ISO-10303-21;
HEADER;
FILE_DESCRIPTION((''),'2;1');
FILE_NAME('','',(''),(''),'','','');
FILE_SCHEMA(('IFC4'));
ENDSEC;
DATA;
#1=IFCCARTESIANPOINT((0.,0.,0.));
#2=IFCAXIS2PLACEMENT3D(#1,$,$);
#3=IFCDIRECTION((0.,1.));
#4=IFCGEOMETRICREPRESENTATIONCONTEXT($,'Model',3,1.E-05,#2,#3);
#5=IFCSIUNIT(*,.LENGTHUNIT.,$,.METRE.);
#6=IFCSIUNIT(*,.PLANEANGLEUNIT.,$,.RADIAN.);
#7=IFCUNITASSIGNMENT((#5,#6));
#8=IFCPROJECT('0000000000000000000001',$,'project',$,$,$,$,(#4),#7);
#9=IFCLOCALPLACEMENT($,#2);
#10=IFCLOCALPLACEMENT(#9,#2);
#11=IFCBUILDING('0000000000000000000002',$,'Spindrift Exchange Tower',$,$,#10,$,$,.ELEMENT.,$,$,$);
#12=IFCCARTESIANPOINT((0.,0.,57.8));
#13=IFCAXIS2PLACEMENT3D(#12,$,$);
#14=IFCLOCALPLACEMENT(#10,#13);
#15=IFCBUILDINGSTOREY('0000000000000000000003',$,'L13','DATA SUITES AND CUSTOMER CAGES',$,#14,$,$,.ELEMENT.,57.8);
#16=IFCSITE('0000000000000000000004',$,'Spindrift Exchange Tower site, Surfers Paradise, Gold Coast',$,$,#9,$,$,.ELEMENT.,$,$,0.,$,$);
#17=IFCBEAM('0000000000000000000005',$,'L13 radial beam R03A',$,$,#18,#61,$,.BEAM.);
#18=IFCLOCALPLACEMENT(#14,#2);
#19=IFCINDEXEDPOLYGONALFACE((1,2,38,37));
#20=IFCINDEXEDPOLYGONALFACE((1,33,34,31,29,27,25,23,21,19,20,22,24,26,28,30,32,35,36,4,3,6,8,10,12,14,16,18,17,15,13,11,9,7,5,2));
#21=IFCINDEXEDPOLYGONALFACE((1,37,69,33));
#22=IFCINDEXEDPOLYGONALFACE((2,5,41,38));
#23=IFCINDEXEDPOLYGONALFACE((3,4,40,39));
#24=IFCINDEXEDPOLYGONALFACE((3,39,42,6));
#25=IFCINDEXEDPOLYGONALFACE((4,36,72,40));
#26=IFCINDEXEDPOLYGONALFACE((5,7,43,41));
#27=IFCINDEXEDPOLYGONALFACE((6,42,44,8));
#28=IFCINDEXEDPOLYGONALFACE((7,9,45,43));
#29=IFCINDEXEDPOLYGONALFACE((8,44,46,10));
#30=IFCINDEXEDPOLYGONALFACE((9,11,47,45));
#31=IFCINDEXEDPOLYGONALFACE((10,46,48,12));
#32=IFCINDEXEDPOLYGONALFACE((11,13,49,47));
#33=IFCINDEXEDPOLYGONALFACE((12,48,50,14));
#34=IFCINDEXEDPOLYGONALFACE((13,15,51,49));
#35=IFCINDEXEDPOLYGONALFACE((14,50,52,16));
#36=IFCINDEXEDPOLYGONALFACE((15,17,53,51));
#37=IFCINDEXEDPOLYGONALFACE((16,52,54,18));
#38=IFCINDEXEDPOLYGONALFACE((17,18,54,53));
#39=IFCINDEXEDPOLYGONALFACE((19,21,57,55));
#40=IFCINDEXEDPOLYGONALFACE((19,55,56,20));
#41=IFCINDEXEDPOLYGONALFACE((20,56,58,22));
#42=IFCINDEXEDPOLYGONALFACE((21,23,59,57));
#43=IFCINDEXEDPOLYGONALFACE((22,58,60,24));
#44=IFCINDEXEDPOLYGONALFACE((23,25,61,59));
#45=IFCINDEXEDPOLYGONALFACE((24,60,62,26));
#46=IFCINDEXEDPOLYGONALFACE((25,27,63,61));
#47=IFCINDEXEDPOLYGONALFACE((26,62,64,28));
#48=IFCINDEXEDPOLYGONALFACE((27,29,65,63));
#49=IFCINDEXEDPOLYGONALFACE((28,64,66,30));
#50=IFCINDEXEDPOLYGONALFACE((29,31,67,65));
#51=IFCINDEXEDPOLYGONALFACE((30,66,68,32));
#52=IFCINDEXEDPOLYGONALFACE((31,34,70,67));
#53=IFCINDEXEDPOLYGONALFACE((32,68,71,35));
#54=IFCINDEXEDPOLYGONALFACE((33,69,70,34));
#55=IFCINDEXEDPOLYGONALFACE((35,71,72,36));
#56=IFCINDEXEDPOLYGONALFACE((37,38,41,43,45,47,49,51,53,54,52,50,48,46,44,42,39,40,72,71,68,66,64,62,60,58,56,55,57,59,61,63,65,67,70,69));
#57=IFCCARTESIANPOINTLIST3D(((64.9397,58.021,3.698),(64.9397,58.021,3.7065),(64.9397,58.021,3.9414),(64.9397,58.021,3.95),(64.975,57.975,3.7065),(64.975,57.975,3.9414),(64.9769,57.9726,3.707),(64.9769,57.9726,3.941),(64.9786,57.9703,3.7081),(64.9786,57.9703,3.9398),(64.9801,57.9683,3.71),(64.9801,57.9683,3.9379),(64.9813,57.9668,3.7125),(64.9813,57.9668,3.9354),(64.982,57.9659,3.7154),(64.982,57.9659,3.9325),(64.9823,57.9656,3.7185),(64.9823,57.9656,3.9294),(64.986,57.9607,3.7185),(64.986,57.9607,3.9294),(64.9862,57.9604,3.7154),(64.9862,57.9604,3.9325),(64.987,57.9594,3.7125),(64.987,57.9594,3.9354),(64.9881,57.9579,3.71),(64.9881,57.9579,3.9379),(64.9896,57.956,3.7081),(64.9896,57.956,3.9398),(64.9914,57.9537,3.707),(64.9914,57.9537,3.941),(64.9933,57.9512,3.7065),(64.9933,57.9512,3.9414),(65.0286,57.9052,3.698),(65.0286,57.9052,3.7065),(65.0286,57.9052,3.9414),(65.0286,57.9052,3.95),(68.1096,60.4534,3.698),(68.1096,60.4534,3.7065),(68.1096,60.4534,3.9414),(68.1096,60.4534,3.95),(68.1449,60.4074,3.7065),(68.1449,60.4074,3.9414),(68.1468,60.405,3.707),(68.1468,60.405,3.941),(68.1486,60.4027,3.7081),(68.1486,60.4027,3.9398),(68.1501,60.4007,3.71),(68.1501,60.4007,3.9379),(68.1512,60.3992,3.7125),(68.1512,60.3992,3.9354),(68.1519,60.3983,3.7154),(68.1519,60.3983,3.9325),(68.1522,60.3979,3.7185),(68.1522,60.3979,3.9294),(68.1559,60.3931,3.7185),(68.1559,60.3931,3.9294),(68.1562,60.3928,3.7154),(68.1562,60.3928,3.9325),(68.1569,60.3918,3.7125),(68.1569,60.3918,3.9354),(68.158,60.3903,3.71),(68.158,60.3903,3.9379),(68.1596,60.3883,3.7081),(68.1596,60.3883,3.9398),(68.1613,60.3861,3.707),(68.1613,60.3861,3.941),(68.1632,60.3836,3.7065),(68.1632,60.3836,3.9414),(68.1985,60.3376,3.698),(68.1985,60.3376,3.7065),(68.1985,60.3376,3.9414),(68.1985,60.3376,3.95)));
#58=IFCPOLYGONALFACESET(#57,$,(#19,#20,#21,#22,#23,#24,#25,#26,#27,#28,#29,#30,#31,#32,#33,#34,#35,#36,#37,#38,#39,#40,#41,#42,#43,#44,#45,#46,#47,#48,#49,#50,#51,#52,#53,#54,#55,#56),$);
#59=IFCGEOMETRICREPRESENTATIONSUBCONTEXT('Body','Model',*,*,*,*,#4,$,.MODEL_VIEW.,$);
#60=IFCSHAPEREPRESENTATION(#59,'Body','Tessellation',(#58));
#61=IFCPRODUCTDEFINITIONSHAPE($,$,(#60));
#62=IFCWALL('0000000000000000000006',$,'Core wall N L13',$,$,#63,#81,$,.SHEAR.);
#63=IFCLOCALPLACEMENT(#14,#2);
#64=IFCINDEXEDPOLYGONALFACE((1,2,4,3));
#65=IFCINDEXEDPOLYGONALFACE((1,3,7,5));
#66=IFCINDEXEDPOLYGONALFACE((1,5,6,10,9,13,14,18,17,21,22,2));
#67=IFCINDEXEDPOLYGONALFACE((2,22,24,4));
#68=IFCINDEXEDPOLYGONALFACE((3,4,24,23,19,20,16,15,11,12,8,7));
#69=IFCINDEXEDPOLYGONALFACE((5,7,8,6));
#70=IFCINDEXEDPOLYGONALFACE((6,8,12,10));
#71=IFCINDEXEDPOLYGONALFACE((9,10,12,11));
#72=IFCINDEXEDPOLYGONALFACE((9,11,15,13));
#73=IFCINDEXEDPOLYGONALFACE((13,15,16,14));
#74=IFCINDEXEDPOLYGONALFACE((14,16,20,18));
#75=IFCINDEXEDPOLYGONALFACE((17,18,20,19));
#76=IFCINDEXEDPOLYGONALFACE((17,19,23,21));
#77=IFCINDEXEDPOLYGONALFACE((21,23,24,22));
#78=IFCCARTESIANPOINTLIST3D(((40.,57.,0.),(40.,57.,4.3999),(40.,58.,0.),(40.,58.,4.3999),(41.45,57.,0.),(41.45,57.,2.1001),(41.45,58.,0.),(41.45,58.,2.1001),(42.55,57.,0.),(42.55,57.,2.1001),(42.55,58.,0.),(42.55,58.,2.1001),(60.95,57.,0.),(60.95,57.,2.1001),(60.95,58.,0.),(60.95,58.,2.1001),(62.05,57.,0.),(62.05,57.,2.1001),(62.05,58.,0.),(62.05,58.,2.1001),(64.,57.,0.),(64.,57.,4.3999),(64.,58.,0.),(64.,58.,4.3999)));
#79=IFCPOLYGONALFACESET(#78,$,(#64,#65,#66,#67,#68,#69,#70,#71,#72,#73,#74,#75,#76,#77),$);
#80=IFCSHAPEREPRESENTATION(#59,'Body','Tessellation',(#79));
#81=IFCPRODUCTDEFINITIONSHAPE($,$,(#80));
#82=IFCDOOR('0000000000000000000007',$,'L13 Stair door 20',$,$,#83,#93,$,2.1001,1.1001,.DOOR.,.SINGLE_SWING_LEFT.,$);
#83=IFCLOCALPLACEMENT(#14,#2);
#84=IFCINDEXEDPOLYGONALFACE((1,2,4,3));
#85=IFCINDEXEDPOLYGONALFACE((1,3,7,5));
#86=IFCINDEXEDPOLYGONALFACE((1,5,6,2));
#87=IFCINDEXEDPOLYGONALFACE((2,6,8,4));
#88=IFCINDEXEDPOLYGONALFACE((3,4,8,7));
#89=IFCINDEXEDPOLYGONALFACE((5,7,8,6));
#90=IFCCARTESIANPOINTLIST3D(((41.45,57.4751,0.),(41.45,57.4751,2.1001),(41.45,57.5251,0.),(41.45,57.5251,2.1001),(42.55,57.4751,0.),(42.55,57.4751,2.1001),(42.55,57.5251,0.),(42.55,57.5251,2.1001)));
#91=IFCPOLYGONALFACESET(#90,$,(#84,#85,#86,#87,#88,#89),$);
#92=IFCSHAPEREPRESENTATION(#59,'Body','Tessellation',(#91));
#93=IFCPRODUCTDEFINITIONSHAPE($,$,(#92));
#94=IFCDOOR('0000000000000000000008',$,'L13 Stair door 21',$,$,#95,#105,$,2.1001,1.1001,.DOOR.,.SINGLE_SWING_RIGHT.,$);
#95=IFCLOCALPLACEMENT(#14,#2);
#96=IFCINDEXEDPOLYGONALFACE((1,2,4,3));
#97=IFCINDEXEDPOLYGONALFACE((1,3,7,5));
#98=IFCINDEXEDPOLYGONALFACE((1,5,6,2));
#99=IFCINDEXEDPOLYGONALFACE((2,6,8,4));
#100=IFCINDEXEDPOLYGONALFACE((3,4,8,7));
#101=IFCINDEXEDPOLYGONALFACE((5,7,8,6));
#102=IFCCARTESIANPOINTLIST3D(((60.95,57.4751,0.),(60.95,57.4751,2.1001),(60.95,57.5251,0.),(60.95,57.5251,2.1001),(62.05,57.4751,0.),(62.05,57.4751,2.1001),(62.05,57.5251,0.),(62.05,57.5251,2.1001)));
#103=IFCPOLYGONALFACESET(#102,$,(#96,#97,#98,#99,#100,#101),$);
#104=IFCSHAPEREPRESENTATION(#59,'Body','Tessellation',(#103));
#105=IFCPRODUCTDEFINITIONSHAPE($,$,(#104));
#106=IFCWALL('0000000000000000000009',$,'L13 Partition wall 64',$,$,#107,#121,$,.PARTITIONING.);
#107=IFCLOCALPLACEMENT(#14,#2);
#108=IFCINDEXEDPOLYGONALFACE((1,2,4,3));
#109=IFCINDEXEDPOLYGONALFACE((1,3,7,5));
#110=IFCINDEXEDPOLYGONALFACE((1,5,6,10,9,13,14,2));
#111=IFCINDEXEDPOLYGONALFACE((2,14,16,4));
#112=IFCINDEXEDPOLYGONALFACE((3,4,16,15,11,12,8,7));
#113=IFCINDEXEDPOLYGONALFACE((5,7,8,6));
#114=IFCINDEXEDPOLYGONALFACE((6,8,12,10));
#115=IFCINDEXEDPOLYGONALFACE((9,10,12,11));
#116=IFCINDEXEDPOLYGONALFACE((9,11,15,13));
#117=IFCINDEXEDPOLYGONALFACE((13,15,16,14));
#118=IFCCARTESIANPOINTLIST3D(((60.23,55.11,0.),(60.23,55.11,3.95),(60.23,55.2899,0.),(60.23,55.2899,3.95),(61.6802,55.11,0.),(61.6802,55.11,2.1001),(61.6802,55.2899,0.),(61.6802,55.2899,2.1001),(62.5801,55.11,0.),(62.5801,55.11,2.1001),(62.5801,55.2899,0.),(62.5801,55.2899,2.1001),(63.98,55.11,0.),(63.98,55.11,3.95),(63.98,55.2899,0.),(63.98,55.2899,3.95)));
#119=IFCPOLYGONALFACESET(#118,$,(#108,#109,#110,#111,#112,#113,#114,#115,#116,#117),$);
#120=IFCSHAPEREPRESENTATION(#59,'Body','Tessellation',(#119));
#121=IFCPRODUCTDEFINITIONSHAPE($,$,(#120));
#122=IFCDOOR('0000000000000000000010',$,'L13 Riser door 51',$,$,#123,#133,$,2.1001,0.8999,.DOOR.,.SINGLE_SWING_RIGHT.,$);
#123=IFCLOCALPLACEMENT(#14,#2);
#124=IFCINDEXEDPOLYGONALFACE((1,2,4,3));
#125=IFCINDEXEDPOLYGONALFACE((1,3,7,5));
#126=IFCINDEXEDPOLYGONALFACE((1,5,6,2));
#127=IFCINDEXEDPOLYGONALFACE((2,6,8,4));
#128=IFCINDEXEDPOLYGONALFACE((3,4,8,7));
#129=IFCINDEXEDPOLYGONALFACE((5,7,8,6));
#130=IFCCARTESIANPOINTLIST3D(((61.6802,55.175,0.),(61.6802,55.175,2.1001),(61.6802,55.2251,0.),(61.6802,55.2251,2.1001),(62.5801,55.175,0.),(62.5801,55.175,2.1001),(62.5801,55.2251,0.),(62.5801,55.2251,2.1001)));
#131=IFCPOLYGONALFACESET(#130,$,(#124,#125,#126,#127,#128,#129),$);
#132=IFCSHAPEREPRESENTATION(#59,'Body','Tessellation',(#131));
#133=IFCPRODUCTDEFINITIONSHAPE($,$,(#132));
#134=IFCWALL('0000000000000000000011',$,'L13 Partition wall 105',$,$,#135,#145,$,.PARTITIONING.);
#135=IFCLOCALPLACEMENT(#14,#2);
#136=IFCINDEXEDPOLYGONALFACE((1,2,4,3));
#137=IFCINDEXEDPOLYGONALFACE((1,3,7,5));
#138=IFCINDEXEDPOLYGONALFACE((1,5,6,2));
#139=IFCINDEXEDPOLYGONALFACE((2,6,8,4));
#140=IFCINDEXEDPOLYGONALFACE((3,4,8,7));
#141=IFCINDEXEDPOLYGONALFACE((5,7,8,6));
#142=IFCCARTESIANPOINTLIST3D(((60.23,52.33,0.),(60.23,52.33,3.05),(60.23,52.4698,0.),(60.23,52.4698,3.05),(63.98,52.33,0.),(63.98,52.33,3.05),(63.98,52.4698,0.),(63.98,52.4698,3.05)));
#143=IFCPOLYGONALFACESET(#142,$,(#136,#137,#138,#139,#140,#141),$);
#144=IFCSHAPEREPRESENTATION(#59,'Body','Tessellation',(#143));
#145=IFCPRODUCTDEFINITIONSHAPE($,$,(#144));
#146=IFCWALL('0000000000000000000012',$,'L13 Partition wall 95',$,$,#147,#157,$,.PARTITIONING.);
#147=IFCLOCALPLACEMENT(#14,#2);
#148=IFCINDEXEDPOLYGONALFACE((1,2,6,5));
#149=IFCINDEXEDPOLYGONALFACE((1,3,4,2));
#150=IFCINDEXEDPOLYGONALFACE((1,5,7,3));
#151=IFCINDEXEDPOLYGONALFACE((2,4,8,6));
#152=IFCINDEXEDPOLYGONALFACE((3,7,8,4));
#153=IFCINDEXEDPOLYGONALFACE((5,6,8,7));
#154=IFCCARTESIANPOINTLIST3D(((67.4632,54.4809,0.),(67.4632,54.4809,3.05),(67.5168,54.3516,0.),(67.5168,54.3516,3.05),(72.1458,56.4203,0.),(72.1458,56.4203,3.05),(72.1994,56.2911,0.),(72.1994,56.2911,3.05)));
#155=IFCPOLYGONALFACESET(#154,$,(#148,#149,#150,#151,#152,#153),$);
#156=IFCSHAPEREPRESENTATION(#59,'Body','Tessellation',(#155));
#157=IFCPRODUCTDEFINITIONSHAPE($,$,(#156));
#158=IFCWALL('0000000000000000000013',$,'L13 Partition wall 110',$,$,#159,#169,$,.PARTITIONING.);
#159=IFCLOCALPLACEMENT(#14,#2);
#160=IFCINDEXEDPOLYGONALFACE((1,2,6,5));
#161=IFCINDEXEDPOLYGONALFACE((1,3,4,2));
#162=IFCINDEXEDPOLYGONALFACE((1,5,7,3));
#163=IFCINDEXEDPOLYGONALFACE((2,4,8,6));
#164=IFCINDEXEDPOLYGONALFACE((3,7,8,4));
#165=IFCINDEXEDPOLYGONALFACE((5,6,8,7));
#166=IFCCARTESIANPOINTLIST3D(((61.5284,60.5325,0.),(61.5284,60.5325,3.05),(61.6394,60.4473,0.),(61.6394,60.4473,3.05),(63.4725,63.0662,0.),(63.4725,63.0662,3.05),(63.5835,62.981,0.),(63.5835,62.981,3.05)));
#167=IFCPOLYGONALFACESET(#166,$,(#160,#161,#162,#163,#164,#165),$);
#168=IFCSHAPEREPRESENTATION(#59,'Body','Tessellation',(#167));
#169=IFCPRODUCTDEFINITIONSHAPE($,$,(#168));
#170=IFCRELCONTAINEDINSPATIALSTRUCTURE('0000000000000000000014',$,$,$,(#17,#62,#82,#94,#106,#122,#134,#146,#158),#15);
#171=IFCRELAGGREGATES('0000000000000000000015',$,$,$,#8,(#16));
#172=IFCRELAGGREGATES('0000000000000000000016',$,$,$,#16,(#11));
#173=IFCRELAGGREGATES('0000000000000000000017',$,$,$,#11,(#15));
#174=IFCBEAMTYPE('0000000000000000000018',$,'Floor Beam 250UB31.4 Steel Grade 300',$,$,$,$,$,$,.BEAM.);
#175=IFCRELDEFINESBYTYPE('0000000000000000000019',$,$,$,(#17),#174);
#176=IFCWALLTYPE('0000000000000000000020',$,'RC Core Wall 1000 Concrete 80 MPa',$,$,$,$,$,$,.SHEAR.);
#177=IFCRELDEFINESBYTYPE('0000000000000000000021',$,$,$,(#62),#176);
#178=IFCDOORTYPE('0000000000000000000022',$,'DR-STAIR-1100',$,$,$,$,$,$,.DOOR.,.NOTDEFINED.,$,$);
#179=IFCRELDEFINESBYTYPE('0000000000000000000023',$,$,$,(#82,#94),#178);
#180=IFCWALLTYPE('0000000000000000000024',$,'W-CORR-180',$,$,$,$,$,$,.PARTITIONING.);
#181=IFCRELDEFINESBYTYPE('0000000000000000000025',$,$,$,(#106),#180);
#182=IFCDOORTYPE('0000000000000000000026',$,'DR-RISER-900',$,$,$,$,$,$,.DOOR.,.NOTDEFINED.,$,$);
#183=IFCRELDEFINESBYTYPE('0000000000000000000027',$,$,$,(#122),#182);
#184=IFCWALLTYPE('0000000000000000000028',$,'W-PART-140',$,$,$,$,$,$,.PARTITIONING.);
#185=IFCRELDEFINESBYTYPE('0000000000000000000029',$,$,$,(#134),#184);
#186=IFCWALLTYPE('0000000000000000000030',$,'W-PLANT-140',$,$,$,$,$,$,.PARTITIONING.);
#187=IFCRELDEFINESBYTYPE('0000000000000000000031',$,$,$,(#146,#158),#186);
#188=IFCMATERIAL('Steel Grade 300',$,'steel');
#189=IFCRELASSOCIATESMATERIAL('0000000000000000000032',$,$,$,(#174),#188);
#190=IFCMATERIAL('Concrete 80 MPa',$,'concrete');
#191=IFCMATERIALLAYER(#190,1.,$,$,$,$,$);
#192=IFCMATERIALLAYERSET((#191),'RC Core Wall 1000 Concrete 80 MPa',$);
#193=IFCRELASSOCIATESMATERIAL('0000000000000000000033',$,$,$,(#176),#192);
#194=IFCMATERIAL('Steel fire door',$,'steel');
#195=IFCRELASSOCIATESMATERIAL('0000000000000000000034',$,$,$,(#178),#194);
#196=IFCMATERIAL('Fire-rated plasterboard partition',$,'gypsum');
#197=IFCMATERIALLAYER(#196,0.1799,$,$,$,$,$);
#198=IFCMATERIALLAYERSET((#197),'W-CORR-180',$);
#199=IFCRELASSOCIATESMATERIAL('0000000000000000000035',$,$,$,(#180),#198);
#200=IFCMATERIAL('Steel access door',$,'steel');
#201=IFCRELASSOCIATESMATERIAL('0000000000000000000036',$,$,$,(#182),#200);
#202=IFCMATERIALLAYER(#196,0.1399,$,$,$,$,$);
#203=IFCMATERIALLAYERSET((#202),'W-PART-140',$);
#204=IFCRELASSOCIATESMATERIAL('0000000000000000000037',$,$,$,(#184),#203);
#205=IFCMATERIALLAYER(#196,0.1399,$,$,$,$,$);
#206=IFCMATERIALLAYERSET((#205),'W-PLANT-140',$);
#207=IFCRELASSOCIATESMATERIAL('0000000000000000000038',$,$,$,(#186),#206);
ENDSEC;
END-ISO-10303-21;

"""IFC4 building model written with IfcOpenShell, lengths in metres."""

from ifc_helpers import new_model, si_unit, direction, frame, frame_2d, origin, origin_2d, place, context, subcontext, project, spatial, rectangle, i_section, extrude, source, transform, mapped, material, layer, layer_set, material_profile, profile_set, type_object, element, fill, save


model = new_model("IFC4")

# Units and contexts
model_context = context("Model", 3, precision=1e-05, world=origin(), true_north=direction((0.0, 1.0)))
body_context = subcontext(model_context, "Body", "Model", "MODEL_VIEW")
ifc_project = project(units=[si_unit("LENGTHUNIT", "METRE"), si_unit("PLANEANGLEUNIT", "RADIAN")], contexts=[model_context])

# Site, building, storey
site_placement = place(None, origin())
site = spatial("IfcSite", under=ifc_project, at=site_placement, Name="Spindrift Exchange Tower site, Surfers Paradise, Gold Coast", CompositionType="ELEMENT", RefElevation=0.0)
building_placement = place(site_placement, origin())
building = spatial("IfcBuilding", under=site, at=building_placement, Name="Spindrift Exchange Tower", CompositionType="ELEMENT")
storey_placement = place(building_placement, frame((0.0, 0.0, 57.8)))
storey = spatial("IfcBuildingStorey", under=building, at=storey_placement, Name="L13", Description="DATA SUITES AND CUSTOMER CAGES", CompositionType="ELEMENT", Elevation=57.8)

# Shared definitions
ifc_material_1 = material(Name="Concrete 80 MPa", Category="concrete")

# Beam
ifc_material_2 = material(Name="Steel Grade 300", Category="steel")
ifc_material_profile_1 = material_profile(ifc_material_2, i_section(OverallWidth=0.146, OverallDepth=0.252, WebThickness=0.0061, FlangeThickness=0.0085, FilletRadius=0.012, at=origin_2d()), Name="250UB31.4")
ifc_profile_set_1 = profile_set([ifc_material_profile_1], Name="Steel Grade 300")
beam_type_1 = type_object("IfcBeamType", Name="Floor Beam 250UB31.4 Steel Grade 300", PredefinedType="BEAM", material=ifc_profile_set_1)
shared_shape_1 = source(origin(), body_context, "Body", "SweptSolid", [
    extrude(i_section(OverallWidth=0.146, OverallDepth=0.252, WebThickness=0.0061, FlangeThickness=0.0085, FilletRadius=0.012, at=origin_2d()), origin(), (0.0, 0.0, 1.0), 3.9956),
])
beam_1_placement = place(storey_placement, frame((64.9841, 57.9631, 3.824), z_axis=(0.793353, 0.608762, 0.0), x_axis=(-0.608762, 0.793353, 0.0)))
element("IfcBeam", 1, at=beam_1_placement, inside=storey, type_object=beam_type_1, Name="L13 radial beam R03A", PredefinedType="BEAM", context=body_context, shape_type="MappedRepresentation", body=[
    mapped(shared_shape_1, transform((0.0, 0.0, 0.0), scale=1.0)),
])

# Wall, openings, doors
ifc_layer_1 = layer(ifc_material_1, 1.0)
ifc_layer_set_1 = layer_set([ifc_layer_1], Name="RC Core Wall 1000 Concrete 80 MPa")
wall_type_1 = type_object("IfcWallType", Name="RC Core Wall 1000 Concrete 80 MPa", PredefinedType="SHEAR", material=ifc_layer_set_1)
wall_1_placement = place(storey_placement, frame((64.0, 57.5, 0.0), z_axis=(0.0, 0.0, 1.0), x_axis=(-1.0, 0.0, 0.0)))
wall_1 = element("IfcWall", 2, at=wall_1_placement, inside=storey, type_object=wall_type_1, Name="Core wall N L13", PredefinedType="SHEAR", context=body_context, shape_type="SweptSolid", body=[
    extrude(rectangle(XDim=24.0, YDim=1.0, at=frame_2d((12.0, 0.0))), origin(), (0.0, 0.0, 1.0), 4.3999),
])
opening_1_placement = place(wall_1_placement, frame((21.45, 0.0, 0.0)))
opening_1 = element("IfcOpeningElement", 3, at=opening_1_placement, cuts=wall_1, PredefinedType="OPENING", context=body_context, shape_type="SweptSolid", body=[
    extrude(rectangle(XDim=1.1001, YDim=2.1001, at=frame_2d((0.55, 1.05))), frame((0.0, 0.51, 0.0), z_axis=(0.0, -1.0, 0.0), x_axis=(1.0, 0.0, 0.0)), (0.0, 0.0, 1.0), 1.02),
])
opening_2_placement = place(wall_1_placement, frame((1.95, 0.0, 0.0)))
opening_2 = element("IfcOpeningElement", 4, at=opening_2_placement, cuts=wall_1, PredefinedType="OPENING", context=body_context, shape_type="SweptSolid", body=[
    extrude(rectangle(XDim=1.1001, YDim=2.1001, at=frame_2d((0.55, 1.05))), frame((0.0, 0.51, 0.0), z_axis=(0.0, -1.0, 0.0), x_axis=(1.0, 0.0, 0.0)), (0.0, 0.0, 1.0), 1.02),
])
ifc_material_3 = material(Name="Steel fire door", Category="steel")
door_type_1 = type_object("IfcDoorType", Name="DR-STAIR-1100", OperationType="NOTDEFINED", PredefinedType="DOOR", material=ifc_material_3)
shared_shape_2 = source(origin(), body_context, "Body", "SweptSolid", [
    extrude(rectangle(XDim=1.1001, YDim=2.1001, at=frame_2d((0.55, 1.05))), frame((0.0, 0.0249, 0.0), z_axis=(0.0, -1.0, 0.0), x_axis=(1.0, 0.0, 0.0)), (0.0, 0.0, 1.0), 0.05),
])
door_1_placement = place(opening_1_placement, origin())
door_1 = element("IfcDoor", 5, at=door_1_placement, inside=storey, type_object=door_type_1, Name="L13 Stair door 20", OperationType="SINGLE_SWING_LEFT", OverallHeight=2.1001, OverallWidth=1.1001, PredefinedType="DOOR", context=body_context, shape_type="MappedRepresentation", body=[
    mapped(shared_shape_2, transform((0.0, 0.0, 0.0), scale=1.0)),
])
fill(opening_1, door_1)
door_2_placement = place(opening_2_placement, origin())
door_2 = element("IfcDoor", 6, at=door_2_placement, inside=storey, type_object=door_type_1, Name="L13 Stair door 21", OperationType="SINGLE_SWING_RIGHT", OverallHeight=2.1001, OverallWidth=1.1001, PredefinedType="DOOR", context=body_context, shape_type="MappedRepresentation", body=[
    mapped(shared_shape_2, transform((0.0, 0.0, 0.0), scale=1.0)),
])
fill(opening_2, door_2)

# Wall, opening, door
ifc_material_4 = material(Name="Fire-rated plasterboard partition", Category="gypsum")
ifc_layer_2 = layer(ifc_material_4, 0.1799)
ifc_layer_set_2 = layer_set([ifc_layer_2], Name="W-CORR-180")
wall_type_2 = type_object("IfcWallType", Name="W-CORR-180", PredefinedType="PARTITIONING", material=ifc_layer_set_2)
wall_2_placement = place(storey_placement, frame((63.98, 55.2, 0.0), z_axis=(0.0, 0.0, 1.0), x_axis=(-1.0, 0.0, 0.0)))
wall_2 = element("IfcWall", 7, at=wall_2_placement, inside=storey, type_object=wall_type_2, Name="L13 Partition wall 64", PredefinedType="PARTITIONING", context=body_context, shape_type="SweptSolid", body=[
    extrude(rectangle(XDim=3.75, YDim=0.1799, at=frame_2d((1.875, 0.0))), origin(), (0.0, 0.0, 1.0), 3.95),
])
opening_3_placement = place(wall_2_placement, frame((1.3999, 0.0, 0.0)))
opening_3 = element("IfcOpeningElement", 8, at=opening_3_placement, cuts=wall_2, PredefinedType="OPENING", context=body_context, shape_type="SweptSolid", body=[
    extrude(rectangle(XDim=0.8999, YDim=2.1001, at=frame_2d((0.45, 1.05))), frame((0.0, 0.0999, 0.0), z_axis=(0.0, -1.0, 0.0), x_axis=(1.0, 0.0, 0.0)), (0.0, 0.0, 1.0), 0.2),
])
ifc_material_5 = material(Name="Steel access door", Category="steel")
door_type_2 = type_object("IfcDoorType", Name="DR-RISER-900", OperationType="NOTDEFINED", PredefinedType="DOOR", material=ifc_material_5)
shared_shape_3 = source(origin(), body_context, "Body", "SweptSolid", [
    extrude(rectangle(XDim=0.8999, YDim=2.1001, at=frame_2d((0.45, 1.05))), frame((0.0, 0.0249, 0.0), z_axis=(0.0, -1.0, 0.0), x_axis=(1.0, 0.0, 0.0)), (0.0, 0.0, 1.0), 0.05),
])
door_3_placement = place(opening_3_placement, origin())
door_3 = element("IfcDoor", 9, at=door_3_placement, inside=storey, type_object=door_type_2, Name="L13 Riser door 51", OperationType="SINGLE_SWING_RIGHT", OverallHeight=2.1001, OverallWidth=0.8999, PredefinedType="DOOR", context=body_context, shape_type="MappedRepresentation", body=[
    mapped(shared_shape_3, transform((0.0, 0.0, 0.0), scale=1.0)),
])
fill(opening_3, door_3)

# Walls
ifc_layer_3 = layer(ifc_material_4, 0.1399)
ifc_layer_set_3 = layer_set([ifc_layer_3], Name="W-PART-140")
wall_type_3 = type_object("IfcWallType", Name="W-PART-140", PredefinedType="PARTITIONING", material=ifc_layer_set_3)
wall_3_placement = place(storey_placement, frame((63.98, 52.3999, 0.0), z_axis=(0.0, 0.0, 1.0), x_axis=(-1.0, 0.0, 0.0)))
element("IfcWall", 10, at=wall_3_placement, inside=storey, type_object=wall_type_3, Name="L13 Partition wall 105", PredefinedType="PARTITIONING", context=body_context, shape_type="SweptSolid", body=[
    extrude(rectangle(XDim=3.75, YDim=0.1399, at=frame_2d((1.875, 0.0))), origin(), (0.0, 0.0, 1.0), 3.05),
])
ifc_layer_4 = layer(ifc_material_4, 0.1399)
ifc_layer_set_4 = layer_set([ifc_layer_4], Name="W-PLANT-140")
wall_type_4 = type_object("IfcWallType", Name="W-PLANT-140", PredefinedType="PARTITIONING", material=ifc_layer_set_4)
wall_4_placement = place(storey_placement, frame((67.49, 54.4163, 0.0), z_axis=(0.0, 0.0, 1.0), x_axis=(0.92389, 0.382658, 0.0)))
element("IfcWall", 11, at=wall_4_placement, inside=storey, type_object=wall_type_4, Name="L13 Partition wall 95", PredefinedType="PARTITIONING", context=body_context, shape_type="SweptSolid", body=[
    extrude(rectangle(XDim=5.0684, YDim=0.1399, at=frame_2d((2.5342, 0.0))), origin(), (0.0, 0.0, 1.0), 3.05),
])
wall_5_placement = place(storey_placement, frame((61.584, 60.49, 0.0), z_axis=(0.0, 0.0, 1.0), x_axis=(0.608746, 0.793365, 0.0)))
element("IfcWall", 12, at=wall_5_placement, inside=storey, type_object=wall_type_4, Name="L13 Partition wall 110", PredefinedType="PARTITIONING", context=body_context, shape_type="SweptSolid", body=[
    extrude(rectangle(XDim=3.1936, YDim=0.1399, at=frame_2d((1.5967, 0.0))), origin(), (0.0, 0.0, 1.0), 3.05),
])

save(model, "model.ifc")
